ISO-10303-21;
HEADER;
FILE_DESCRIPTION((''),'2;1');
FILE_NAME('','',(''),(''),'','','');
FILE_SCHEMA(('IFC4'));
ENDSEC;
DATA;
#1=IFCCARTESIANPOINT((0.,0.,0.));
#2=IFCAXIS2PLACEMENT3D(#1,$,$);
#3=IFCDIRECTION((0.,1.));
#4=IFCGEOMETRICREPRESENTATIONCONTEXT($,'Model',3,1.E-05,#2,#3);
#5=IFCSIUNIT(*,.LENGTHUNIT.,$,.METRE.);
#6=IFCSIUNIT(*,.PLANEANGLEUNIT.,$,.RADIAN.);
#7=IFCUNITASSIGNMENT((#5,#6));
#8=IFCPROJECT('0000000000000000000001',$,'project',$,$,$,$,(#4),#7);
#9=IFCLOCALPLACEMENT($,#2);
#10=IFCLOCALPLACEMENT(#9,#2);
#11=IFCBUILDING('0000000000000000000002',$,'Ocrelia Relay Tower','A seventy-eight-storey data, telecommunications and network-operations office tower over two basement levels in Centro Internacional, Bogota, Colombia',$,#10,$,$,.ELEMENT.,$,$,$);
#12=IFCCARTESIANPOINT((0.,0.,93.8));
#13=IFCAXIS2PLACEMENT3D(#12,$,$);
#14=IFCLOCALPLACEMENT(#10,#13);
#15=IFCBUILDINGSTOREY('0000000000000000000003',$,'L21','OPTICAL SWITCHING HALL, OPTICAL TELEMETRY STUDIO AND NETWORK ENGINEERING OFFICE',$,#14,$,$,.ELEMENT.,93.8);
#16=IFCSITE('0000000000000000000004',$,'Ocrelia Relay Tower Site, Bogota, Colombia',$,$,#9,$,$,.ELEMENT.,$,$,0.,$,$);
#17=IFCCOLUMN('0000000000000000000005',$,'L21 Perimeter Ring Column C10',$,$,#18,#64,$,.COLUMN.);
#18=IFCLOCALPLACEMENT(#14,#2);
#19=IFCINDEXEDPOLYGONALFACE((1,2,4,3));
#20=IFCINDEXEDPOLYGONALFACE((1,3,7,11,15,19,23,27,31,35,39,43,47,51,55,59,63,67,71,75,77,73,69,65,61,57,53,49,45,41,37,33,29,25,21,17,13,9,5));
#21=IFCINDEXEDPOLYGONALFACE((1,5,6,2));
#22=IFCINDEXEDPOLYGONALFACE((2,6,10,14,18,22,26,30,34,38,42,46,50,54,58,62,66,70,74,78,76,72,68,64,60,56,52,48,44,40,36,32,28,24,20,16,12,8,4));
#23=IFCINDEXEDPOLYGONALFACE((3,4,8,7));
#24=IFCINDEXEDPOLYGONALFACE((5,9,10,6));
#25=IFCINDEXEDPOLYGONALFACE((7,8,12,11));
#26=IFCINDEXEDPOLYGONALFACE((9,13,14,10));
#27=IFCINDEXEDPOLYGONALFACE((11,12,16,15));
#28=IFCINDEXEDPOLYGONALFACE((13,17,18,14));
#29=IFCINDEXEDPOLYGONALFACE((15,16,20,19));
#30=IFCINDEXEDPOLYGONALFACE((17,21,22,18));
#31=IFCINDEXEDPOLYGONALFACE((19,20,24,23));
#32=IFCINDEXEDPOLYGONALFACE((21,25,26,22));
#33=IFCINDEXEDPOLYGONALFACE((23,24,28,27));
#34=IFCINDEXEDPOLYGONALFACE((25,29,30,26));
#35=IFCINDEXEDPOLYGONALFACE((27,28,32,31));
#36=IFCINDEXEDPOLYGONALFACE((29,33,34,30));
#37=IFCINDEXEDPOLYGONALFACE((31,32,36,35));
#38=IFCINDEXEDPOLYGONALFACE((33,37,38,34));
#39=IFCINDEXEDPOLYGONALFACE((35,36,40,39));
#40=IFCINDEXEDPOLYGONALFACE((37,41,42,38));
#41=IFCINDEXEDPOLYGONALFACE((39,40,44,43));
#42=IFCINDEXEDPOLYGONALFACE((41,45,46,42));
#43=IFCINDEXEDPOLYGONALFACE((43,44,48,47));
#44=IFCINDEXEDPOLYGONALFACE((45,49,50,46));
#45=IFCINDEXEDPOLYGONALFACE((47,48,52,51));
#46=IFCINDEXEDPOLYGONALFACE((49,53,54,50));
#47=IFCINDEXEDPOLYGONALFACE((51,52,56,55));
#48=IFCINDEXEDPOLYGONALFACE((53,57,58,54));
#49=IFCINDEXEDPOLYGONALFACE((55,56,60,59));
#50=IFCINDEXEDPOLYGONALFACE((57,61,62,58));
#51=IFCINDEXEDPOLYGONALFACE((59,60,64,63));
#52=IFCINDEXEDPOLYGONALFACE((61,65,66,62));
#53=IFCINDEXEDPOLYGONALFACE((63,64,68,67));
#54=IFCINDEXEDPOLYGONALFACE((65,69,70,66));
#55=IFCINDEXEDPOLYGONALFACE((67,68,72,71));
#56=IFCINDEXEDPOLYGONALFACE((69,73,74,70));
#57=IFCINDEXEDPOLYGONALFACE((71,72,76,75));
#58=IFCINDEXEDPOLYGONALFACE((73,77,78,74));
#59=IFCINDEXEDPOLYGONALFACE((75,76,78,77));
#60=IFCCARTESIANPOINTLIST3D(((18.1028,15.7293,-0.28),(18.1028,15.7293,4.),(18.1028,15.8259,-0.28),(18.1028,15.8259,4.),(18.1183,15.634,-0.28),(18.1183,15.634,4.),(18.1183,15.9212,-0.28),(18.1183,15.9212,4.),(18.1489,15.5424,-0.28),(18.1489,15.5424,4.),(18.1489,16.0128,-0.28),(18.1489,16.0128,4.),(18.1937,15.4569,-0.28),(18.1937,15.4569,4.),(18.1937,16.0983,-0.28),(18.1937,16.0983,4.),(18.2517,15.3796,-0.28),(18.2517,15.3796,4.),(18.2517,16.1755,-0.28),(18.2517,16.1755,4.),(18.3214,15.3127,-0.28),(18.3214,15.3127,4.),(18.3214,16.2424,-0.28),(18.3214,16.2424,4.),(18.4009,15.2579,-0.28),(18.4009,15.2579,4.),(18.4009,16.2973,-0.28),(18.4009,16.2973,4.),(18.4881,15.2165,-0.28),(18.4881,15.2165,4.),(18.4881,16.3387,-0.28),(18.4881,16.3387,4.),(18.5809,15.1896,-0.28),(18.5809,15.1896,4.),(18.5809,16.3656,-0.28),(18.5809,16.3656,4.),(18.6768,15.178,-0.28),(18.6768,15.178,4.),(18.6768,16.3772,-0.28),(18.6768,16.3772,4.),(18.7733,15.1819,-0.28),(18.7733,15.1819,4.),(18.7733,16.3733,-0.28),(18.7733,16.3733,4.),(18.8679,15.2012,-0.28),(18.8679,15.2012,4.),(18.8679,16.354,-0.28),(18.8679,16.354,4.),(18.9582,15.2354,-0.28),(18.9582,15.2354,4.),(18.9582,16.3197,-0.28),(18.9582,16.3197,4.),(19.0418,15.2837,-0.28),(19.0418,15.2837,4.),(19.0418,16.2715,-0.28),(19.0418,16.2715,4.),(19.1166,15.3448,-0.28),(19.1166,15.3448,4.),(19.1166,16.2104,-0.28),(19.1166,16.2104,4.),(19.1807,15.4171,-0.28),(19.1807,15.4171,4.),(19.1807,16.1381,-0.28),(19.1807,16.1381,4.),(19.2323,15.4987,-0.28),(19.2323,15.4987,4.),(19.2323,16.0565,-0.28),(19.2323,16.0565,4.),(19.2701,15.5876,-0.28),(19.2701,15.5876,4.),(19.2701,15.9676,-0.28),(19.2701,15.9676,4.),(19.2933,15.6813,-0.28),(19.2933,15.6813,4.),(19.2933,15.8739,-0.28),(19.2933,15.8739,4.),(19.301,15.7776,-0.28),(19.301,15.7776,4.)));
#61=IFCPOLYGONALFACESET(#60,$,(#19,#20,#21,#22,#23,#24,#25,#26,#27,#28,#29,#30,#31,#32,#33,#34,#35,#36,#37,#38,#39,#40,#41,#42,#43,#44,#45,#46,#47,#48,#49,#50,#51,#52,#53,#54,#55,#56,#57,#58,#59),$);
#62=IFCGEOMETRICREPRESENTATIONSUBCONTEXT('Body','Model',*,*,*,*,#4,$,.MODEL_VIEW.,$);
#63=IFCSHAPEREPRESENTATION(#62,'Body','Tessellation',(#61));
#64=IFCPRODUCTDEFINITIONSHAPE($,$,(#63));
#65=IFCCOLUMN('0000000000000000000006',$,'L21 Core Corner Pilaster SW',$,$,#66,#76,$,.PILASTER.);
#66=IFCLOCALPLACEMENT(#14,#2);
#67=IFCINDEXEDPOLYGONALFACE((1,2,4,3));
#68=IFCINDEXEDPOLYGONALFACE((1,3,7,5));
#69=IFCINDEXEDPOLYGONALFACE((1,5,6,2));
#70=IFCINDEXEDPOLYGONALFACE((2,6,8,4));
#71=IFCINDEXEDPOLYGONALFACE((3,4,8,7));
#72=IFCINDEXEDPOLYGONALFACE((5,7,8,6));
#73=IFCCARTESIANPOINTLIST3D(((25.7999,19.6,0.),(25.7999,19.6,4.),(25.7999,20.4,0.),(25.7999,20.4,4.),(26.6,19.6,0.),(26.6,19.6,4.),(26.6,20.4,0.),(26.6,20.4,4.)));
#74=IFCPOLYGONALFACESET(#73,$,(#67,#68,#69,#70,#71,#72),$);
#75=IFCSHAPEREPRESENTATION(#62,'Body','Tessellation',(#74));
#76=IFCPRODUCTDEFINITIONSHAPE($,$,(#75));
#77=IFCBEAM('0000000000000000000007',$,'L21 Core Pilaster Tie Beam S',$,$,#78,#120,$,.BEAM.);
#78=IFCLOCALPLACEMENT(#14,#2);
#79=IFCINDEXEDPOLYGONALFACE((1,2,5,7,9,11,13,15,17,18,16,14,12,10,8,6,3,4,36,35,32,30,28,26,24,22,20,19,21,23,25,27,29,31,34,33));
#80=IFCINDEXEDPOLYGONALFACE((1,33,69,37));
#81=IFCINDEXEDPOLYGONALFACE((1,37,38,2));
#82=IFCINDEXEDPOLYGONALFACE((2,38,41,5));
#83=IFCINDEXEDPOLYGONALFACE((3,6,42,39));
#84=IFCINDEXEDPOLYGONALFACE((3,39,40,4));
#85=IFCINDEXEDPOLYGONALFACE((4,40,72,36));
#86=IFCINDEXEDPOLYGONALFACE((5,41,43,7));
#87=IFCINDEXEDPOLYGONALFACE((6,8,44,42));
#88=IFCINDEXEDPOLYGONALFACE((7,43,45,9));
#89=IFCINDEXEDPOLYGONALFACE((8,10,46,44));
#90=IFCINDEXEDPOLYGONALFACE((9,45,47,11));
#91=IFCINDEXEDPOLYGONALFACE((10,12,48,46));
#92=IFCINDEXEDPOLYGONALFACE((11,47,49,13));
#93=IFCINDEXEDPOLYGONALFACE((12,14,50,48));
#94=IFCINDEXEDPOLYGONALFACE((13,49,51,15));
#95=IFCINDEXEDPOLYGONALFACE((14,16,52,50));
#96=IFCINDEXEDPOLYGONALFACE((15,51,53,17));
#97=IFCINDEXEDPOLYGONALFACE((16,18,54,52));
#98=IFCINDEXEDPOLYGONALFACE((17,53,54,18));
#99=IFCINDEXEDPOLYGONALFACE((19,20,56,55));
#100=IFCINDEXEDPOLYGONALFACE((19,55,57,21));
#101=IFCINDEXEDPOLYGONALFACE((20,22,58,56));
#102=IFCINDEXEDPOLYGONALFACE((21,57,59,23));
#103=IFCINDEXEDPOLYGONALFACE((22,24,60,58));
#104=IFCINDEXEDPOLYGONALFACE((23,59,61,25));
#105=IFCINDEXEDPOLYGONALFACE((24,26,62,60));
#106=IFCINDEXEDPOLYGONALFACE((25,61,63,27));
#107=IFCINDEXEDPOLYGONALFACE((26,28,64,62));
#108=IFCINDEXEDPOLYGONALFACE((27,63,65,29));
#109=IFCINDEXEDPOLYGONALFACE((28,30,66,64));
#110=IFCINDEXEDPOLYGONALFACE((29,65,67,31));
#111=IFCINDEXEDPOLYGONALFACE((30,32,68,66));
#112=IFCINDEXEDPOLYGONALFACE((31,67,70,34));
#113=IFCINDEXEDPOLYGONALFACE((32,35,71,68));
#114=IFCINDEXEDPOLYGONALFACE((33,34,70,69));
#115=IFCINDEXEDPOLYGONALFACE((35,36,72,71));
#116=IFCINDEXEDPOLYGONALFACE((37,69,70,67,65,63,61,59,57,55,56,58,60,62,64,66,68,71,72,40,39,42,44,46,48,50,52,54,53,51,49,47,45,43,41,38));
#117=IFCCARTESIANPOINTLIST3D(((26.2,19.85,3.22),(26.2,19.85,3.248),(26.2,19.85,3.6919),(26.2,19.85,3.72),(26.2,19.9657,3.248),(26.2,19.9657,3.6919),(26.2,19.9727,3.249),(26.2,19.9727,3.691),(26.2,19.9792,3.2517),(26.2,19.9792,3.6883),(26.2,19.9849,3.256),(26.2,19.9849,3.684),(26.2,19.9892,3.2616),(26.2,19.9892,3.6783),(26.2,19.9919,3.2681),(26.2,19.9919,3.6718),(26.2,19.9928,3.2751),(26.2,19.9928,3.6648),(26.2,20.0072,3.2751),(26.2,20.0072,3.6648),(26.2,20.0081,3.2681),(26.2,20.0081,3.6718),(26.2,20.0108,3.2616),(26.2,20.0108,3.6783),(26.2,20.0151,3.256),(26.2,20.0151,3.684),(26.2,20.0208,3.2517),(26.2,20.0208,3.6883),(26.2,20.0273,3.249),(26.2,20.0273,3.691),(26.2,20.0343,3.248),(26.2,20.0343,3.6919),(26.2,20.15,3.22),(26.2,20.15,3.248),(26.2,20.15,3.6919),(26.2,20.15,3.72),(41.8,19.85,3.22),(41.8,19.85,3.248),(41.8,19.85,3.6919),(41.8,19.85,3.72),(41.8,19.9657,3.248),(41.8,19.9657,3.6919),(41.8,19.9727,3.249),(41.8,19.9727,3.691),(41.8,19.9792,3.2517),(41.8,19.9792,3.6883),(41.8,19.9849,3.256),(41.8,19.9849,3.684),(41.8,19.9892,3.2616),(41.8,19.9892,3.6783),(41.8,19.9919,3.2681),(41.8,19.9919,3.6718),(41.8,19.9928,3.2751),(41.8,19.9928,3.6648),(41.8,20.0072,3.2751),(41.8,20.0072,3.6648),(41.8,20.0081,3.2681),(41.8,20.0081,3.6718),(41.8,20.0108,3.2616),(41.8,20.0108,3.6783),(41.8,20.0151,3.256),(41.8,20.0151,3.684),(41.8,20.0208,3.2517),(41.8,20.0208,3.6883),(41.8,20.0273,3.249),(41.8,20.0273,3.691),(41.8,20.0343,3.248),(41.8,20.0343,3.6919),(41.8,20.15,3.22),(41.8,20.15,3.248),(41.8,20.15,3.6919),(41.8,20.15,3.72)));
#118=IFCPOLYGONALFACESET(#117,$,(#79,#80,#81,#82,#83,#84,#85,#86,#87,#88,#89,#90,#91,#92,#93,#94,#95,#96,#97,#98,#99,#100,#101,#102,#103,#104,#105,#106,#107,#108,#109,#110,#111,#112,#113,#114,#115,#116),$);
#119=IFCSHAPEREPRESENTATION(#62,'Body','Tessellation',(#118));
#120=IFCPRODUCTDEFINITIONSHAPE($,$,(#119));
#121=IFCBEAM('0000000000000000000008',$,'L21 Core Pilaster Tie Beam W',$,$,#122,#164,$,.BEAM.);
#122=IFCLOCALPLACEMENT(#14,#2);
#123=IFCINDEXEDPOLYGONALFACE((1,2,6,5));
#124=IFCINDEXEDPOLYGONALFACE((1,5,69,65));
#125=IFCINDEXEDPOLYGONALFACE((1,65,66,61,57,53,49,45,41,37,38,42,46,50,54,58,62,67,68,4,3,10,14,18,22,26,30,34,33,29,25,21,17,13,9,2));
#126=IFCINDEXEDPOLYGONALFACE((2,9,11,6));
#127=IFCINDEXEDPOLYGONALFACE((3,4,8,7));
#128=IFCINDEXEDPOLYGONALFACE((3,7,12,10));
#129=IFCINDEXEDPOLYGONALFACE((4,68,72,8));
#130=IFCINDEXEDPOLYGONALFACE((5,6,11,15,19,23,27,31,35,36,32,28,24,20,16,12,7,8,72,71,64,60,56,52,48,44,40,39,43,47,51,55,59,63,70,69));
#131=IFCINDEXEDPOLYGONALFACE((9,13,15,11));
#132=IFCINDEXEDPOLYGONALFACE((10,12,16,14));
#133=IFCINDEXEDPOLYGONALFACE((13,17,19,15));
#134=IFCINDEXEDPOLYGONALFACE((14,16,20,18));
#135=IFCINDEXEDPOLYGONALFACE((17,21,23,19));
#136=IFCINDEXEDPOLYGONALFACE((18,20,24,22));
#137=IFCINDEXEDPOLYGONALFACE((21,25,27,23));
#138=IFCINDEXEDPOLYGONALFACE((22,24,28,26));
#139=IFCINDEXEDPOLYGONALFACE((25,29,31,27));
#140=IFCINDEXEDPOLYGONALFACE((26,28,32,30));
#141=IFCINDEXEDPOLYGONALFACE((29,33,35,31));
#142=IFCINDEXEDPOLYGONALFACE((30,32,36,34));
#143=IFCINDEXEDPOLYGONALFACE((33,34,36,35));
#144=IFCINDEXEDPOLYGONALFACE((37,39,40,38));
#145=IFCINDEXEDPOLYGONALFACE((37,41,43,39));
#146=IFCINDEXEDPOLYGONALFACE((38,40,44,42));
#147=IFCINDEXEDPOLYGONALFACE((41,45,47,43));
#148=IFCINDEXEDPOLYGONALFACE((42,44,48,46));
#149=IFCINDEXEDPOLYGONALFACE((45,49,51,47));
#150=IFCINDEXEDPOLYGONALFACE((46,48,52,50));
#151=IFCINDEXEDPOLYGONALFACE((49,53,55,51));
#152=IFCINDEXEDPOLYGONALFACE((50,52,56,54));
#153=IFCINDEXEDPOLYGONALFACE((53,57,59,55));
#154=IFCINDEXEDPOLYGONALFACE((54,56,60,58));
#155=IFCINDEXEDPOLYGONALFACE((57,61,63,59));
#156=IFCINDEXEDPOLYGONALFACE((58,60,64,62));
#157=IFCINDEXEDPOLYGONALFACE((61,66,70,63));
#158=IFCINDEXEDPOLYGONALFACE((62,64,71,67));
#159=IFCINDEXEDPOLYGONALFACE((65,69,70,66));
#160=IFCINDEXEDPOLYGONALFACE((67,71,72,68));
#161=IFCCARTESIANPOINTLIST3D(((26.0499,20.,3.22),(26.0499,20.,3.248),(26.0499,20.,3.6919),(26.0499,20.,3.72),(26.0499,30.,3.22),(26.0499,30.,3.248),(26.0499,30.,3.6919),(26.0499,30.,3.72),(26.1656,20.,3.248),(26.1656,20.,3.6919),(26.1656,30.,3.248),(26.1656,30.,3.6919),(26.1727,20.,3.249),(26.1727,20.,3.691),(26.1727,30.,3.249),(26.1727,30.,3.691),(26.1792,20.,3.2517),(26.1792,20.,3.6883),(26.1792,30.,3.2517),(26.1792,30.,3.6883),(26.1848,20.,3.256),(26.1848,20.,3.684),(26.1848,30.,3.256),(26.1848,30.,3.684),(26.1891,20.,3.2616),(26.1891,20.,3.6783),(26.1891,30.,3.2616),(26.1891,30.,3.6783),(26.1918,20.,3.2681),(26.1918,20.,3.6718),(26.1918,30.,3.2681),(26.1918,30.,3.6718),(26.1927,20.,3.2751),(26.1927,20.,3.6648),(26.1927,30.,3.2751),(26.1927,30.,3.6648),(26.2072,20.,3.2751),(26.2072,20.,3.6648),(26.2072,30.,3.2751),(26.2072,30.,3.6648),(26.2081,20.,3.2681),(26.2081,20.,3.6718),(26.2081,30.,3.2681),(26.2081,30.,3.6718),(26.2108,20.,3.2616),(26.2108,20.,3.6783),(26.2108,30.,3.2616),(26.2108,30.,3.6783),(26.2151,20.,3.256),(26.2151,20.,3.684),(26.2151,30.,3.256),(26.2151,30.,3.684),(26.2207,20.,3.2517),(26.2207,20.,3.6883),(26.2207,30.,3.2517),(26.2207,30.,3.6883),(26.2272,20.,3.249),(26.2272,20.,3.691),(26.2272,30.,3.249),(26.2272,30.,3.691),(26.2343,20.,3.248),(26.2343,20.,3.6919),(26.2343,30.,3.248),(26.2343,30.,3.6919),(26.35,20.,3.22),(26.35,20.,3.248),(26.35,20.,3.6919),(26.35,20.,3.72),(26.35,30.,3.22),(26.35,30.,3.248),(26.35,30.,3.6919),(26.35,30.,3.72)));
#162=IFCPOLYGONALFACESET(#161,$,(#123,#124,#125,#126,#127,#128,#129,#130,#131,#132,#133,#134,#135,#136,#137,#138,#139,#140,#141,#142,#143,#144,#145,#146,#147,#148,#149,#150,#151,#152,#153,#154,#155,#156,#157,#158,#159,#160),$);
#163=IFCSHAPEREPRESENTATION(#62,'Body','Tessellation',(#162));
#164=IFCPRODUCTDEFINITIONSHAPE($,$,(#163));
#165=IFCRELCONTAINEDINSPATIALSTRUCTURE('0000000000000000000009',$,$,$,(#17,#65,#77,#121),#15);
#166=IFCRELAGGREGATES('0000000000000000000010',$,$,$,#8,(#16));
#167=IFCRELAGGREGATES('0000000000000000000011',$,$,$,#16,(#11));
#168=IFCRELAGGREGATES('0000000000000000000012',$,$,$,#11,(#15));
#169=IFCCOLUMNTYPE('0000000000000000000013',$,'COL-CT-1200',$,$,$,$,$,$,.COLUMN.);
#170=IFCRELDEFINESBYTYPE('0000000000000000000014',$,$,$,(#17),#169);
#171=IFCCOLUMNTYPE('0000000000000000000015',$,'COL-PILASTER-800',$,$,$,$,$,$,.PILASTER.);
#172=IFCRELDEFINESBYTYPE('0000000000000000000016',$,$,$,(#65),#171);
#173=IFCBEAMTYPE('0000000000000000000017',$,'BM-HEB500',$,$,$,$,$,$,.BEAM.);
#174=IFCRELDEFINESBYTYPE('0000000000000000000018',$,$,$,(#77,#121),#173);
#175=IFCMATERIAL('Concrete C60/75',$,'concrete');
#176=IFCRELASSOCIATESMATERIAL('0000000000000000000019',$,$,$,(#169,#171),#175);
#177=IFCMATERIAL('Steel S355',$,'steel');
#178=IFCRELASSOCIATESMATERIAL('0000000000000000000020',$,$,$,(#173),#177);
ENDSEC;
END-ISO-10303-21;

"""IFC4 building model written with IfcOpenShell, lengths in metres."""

from ifc_helpers import new_model, si_unit, direction, frame, origin, origin_2d, place, context, subcontext, project, spatial, rectangle, circle, i_section, extrude, material, material_profile, profile_set, type_object, element, save


model = new_model("IFC4")

# Units and contexts
model_context = context("Model", 3, precision=1e-05, world=origin(), true_north=direction((0.0, 1.0)))
body_context = subcontext(model_context, "Body", "Model", "MODEL_VIEW")
ifc_project = project(units=[si_unit("LENGTHUNIT", "METRE"), si_unit("PLANEANGLEUNIT", "RADIAN")], contexts=[model_context])

# Site, building, storey
site_placement = place(None, origin())
site = spatial("IfcSite", under=ifc_project, at=site_placement, Name="Ocrelia Relay Tower Site, Bogota, Colombia", CompositionType="ELEMENT", RefElevation=0.0)
building_placement = place(site_placement, origin())
building = spatial("IfcBuilding", under=site, at=building_placement, Name="Ocrelia Relay Tower", Description="A seventy-eight-storey data, telecommunications and network-operations office tower over two basement levels in Centro Internacional, Bogota, Colombia", CompositionType="ELEMENT")
storey_placement = place(building_placement, frame((0.0, 0.0, 93.8)))
storey = spatial("IfcBuildingStorey", under=building, at=storey_placement, Name="L21", Description="OPTICAL SWITCHING HALL, OPTICAL TELEMETRY STUDIO AND NETWORK ENGINEERING OFFICE", CompositionType="ELEMENT", Elevation=93.8)

# Columns
ifc_material_1 = material(Name="Concrete C60/75", Category="concrete")
ifc_material_profile_1 = material_profile(ifc_material_1, circle(Radius=0.6001, at=origin_2d()), Name="RC-CIR-1200")
ifc_profile_set_1 = profile_set([ifc_material_profile_1], Name="Concrete C60/75")
column_type_1 = type_object("IfcColumnType", Name="COL-CT-1200", PredefinedType="COLUMN", material=ifc_profile_set_1)
column_1_placement = place(storey_placement, frame((18.7009, 15.7776, -0.28), z_axis=(0.0, 0.0, 1.0), x_axis=(1.0, 0.0, 0.0)))
element("IfcColumn", 1, at=column_1_placement, inside=storey, type_object=column_type_1, Name="L21 Perimeter Ring Column C10", PredefinedType="COLUMN", context=body_context, shape_type="SweptSolid", body=[
    extrude(circle(Radius=0.6001, at=origin_2d()), origin(), (0.0, 0.0, 1.0), 4.28),
])
ifc_material_profile_2 = material_profile(ifc_material_1, rectangle(XDim=0.8, YDim=0.8, at=origin_2d()), Name="RC-COL-800x800")
ifc_profile_set_2 = profile_set([ifc_material_profile_2], Name="Concrete C60/75")
column_type_2 = type_object("IfcColumnType", Name="COL-PILASTER-800", PredefinedType="PILASTER", material=ifc_profile_set_2)
column_2_placement = place(storey_placement, frame((26.2, 20.0, 0.0), z_axis=(0.0, 0.0, 1.0), x_axis=(1.0, 0.0, 0.0)))
element("IfcColumn", 2, at=column_2_placement, inside=storey, type_object=column_type_2, Name="L21 Core Corner Pilaster SW", PredefinedType="PILASTER", context=body_context, shape_type="SweptSolid", body=[
    extrude(rectangle(XDim=0.8, YDim=0.8, at=origin_2d()), origin(), (0.0, 0.0, 1.0), 4.0),
])

# Beams
ifc_material_2 = material(Name="Steel S355", Category="steel")
ifc_material_profile_3 = material_profile(ifc_material_2, i_section(OverallWidth=0.3, OverallDepth=0.5, WebThickness=0.0144, FlangeThickness=0.0281, FilletRadius=0.0271, at=origin_2d()), Name="HEB 500")
ifc_profile_set_3 = profile_set([ifc_material_profile_3], Name="Steel S355")
beam_type_1 = type_object("IfcBeamType", Name="BM-HEB500", PredefinedType="BEAM", material=ifc_profile_set_3)
beam_1_placement = place(storey_placement, frame((26.2, 20.0, 3.47), z_axis=(1.0, 0.0, 0.0), x_axis=(0.0, 1.0, 0.0)))
element("IfcBeam", 3, at=beam_1_placement, inside=storey, type_object=beam_type_1, Name="L21 Core Pilaster Tie Beam S", PredefinedType="BEAM", context=body_context, shape_type="SweptSolid", body=[
    extrude(i_section(OverallWidth=0.3, OverallDepth=0.5, WebThickness=0.0144, FlangeThickness=0.0281, FilletRadius=0.0271, at=origin_2d()), origin(), (0.0, 0.0, 1.0), 15.6001),
])
beam_2_placement = place(storey_placement, frame((26.2, 20.0, 3.47), z_axis=(0.0, 1.0, 0.0), x_axis=(-1.0, 0.0, 0.0)))
element("IfcBeam", 4, at=beam_2_placement, inside=storey, type_object=beam_type_1, Name="L21 Core Pilaster Tie Beam W", PredefinedType="BEAM", context=body_context, shape_type="SweptSolid", body=[
    extrude(i_section(OverallWidth=0.3, OverallDepth=0.5, WebThickness=0.0144, FlangeThickness=0.0281, FilletRadius=0.0271, at=origin_2d()), origin(), (0.0, 0.0, 1.0), 10.0),
])

save(model, "model.ifc")
